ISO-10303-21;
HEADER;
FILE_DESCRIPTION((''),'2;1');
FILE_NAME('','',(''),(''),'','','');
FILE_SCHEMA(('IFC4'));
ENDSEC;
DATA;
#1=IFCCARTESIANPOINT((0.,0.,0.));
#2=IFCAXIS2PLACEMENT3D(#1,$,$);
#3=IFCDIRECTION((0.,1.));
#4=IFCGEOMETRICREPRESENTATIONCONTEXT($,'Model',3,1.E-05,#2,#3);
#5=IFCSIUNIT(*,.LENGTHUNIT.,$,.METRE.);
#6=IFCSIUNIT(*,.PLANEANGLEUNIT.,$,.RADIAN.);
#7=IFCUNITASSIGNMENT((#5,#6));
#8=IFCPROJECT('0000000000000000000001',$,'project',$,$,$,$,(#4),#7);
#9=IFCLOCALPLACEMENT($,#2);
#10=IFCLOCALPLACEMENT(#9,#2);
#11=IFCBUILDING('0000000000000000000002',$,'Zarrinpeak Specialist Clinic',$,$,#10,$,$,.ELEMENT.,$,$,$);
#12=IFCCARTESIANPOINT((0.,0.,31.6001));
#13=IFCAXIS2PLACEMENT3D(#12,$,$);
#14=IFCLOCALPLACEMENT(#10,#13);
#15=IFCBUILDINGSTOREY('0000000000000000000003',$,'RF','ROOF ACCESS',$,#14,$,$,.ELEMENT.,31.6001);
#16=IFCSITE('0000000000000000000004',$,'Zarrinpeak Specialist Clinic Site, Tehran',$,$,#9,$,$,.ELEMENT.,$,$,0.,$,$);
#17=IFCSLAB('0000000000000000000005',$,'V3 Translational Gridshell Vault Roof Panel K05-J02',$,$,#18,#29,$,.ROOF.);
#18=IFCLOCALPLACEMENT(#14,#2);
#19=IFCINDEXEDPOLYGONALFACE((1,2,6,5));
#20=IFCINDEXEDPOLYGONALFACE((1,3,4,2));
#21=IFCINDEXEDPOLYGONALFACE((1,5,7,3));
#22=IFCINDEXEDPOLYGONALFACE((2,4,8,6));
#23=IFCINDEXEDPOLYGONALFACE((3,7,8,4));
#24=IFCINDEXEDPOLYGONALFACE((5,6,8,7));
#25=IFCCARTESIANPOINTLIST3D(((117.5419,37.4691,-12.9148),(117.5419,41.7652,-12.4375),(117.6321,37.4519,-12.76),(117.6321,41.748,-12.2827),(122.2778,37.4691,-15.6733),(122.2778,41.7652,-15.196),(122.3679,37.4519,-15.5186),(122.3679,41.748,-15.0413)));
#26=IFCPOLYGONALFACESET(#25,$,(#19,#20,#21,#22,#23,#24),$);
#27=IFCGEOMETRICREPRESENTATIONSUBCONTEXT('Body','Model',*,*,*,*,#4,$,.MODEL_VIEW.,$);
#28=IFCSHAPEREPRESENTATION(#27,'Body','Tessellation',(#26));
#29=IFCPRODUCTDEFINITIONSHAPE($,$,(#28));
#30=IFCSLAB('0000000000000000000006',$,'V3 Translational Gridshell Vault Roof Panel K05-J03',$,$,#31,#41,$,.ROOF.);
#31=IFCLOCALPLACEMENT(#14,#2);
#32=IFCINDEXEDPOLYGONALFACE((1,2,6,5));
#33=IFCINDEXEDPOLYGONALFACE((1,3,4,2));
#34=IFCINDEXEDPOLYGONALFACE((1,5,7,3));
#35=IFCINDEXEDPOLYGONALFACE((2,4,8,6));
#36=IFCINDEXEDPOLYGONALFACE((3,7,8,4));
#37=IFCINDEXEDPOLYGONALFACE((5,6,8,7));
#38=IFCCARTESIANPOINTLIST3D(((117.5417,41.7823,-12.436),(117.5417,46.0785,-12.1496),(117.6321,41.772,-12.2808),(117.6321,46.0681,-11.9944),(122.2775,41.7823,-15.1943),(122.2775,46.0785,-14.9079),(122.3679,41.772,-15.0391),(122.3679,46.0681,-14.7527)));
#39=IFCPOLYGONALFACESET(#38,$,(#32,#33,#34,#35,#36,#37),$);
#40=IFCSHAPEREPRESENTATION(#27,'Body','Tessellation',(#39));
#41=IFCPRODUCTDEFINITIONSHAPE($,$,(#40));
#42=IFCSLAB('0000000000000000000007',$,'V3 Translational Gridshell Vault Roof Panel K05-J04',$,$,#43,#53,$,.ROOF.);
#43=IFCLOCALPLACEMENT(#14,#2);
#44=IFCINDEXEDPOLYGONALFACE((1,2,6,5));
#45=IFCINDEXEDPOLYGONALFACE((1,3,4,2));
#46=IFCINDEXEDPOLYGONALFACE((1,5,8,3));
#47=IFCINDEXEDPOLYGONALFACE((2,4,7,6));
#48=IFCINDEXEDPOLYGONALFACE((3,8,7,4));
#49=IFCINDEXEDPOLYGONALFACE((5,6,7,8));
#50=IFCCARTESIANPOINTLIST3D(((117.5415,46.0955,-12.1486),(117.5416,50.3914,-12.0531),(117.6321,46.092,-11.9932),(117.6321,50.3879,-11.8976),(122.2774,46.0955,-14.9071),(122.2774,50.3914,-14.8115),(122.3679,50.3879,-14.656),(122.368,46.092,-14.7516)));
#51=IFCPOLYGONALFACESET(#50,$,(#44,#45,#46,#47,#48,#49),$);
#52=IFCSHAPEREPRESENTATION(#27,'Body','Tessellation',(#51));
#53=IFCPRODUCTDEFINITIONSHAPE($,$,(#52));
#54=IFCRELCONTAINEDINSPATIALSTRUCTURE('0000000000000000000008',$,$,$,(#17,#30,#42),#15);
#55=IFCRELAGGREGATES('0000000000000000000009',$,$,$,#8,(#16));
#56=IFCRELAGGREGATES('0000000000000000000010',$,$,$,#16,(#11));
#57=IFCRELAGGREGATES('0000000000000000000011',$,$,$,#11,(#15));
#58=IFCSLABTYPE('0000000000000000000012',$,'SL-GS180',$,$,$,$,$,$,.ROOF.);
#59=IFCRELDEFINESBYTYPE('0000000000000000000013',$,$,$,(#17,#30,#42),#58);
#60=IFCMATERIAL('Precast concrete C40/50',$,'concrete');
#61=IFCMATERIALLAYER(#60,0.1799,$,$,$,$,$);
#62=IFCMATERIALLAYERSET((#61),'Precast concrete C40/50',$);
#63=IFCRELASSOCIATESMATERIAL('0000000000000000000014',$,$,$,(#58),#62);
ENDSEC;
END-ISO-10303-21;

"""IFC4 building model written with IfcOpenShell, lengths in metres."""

from ifc_helpers import new_model, si_unit, direction, frame, origin, place, context, subcontext, project, spatial, polyline, outline, extrude, material, layer, layer_set, type_object, element, save


model = new_model("IFC4")

# Units and contexts
model_context = context("Model", 3, precision=1e-05, world=origin(), true_north=direction((0.0, 1.0)))
body_context = subcontext(model_context, "Body", "Model", "MODEL_VIEW")
ifc_project = project(units=[si_unit("LENGTHUNIT", "METRE"), si_unit("PLANEANGLEUNIT", "RADIAN")], contexts=[model_context])

# Site, building, storey
site_placement = place(None, origin())
site = spatial("IfcSite", under=ifc_project, at=site_placement, Name="Zarrinpeak Specialist Clinic Site, Tehran", CompositionType="ELEMENT", RefElevation=0.0)
building_placement = place(site_placement, origin())
building = spatial("IfcBuilding", under=site, at=building_placement, Name="Zarrinpeak Specialist Clinic", CompositionType="ELEMENT")
storey_placement = place(building_placement, frame((0.0, 0.0, 31.6001)))
storey = spatial("IfcBuildingStorey", under=building, at=storey_placement, Name="RF", Description="ROOF ACCESS", CompositionType="ELEMENT", Elevation=31.6001)

# Slabs
ifc_material_1 = material(Name="Precast concrete C40/50", Category="concrete")
ifc_layer_1 = layer(ifc_material_1, 0.1799)
ifc_layer_set_1 = layer_set([ifc_layer_1], Name="Precast concrete C40/50")
slab_type = type_object("IfcSlabType", Name="SL-GS180", PredefinedType="ROOF", material=ifc_layer_set_1)
slab_1_placement = place(storey_placement, frame((117.6321, 37.4519, -12.76), z_axis=(0.501019, -0.095561, 0.860144), x_axis=(0.864099, 0.0, -0.503323)))
element("IfcSlab", 1, at=slab_1_placement, inside=storey, type_object=slab_type, Name="V3 Translational Gridshell Vault Roof Panel K05-J02", PredefinedType="ROOF", context=body_context, shape_type="SweptSolid", body=[
    extrude(outline(polyline([(0.0, 0.0), (5.4807, 0.0), (5.2404, 4.3159), (-0.2402, 4.3159), (0.0, 0.0)])), origin(), (0.0, 0.0, -1.0), 0.1799),
])
slab_2_placement = place(storey_placement, frame((117.6321, 41.772, -12.2808), z_axis=(0.502456, -0.057506, 0.862688), x_axis=(0.864118, 0.0, -0.503289)))
element("IfcSlab", 2, at=slab_2_placement, inside=storey, type_object=slab_type, Name="V3 Translational Gridshell Vault Roof Panel K05-J03", PredefinedType="ROOF", context=body_context, shape_type="SweptSolid", body=[
    extrude(outline(polyline([(0.0, 0.0), (5.4805, 0.0), (5.3364, 4.3033), (-0.1441, 4.3033), (0.0, 0.0)])), origin(), (0.0, 0.0, -1.0), 0.1799),
])
slab_3_placement = place(storey_placement, frame((117.6321, 46.092, -11.9932), z_axis=(0.503213, -0.019222, 0.863949), x_axis=(0.864108, 0.0, -0.503306)))
element("IfcSlab", 3, at=slab_3_placement, inside=storey, type_object=slab_type, Name="V3 Translational Gridshell Vault Roof Panel K05-J04", PredefinedType="ROOF", context=body_context, shape_type="SweptSolid", body=[
    extrude(outline(polyline([(0.0, 0.0), (5.4807, 0.0), (5.4325, 4.2967), (-0.048, 4.2967), (0.0, 0.0)])), origin(), (0.0, 0.0, -1.0), 0.1799),
])

save(model, "model.ifc")
